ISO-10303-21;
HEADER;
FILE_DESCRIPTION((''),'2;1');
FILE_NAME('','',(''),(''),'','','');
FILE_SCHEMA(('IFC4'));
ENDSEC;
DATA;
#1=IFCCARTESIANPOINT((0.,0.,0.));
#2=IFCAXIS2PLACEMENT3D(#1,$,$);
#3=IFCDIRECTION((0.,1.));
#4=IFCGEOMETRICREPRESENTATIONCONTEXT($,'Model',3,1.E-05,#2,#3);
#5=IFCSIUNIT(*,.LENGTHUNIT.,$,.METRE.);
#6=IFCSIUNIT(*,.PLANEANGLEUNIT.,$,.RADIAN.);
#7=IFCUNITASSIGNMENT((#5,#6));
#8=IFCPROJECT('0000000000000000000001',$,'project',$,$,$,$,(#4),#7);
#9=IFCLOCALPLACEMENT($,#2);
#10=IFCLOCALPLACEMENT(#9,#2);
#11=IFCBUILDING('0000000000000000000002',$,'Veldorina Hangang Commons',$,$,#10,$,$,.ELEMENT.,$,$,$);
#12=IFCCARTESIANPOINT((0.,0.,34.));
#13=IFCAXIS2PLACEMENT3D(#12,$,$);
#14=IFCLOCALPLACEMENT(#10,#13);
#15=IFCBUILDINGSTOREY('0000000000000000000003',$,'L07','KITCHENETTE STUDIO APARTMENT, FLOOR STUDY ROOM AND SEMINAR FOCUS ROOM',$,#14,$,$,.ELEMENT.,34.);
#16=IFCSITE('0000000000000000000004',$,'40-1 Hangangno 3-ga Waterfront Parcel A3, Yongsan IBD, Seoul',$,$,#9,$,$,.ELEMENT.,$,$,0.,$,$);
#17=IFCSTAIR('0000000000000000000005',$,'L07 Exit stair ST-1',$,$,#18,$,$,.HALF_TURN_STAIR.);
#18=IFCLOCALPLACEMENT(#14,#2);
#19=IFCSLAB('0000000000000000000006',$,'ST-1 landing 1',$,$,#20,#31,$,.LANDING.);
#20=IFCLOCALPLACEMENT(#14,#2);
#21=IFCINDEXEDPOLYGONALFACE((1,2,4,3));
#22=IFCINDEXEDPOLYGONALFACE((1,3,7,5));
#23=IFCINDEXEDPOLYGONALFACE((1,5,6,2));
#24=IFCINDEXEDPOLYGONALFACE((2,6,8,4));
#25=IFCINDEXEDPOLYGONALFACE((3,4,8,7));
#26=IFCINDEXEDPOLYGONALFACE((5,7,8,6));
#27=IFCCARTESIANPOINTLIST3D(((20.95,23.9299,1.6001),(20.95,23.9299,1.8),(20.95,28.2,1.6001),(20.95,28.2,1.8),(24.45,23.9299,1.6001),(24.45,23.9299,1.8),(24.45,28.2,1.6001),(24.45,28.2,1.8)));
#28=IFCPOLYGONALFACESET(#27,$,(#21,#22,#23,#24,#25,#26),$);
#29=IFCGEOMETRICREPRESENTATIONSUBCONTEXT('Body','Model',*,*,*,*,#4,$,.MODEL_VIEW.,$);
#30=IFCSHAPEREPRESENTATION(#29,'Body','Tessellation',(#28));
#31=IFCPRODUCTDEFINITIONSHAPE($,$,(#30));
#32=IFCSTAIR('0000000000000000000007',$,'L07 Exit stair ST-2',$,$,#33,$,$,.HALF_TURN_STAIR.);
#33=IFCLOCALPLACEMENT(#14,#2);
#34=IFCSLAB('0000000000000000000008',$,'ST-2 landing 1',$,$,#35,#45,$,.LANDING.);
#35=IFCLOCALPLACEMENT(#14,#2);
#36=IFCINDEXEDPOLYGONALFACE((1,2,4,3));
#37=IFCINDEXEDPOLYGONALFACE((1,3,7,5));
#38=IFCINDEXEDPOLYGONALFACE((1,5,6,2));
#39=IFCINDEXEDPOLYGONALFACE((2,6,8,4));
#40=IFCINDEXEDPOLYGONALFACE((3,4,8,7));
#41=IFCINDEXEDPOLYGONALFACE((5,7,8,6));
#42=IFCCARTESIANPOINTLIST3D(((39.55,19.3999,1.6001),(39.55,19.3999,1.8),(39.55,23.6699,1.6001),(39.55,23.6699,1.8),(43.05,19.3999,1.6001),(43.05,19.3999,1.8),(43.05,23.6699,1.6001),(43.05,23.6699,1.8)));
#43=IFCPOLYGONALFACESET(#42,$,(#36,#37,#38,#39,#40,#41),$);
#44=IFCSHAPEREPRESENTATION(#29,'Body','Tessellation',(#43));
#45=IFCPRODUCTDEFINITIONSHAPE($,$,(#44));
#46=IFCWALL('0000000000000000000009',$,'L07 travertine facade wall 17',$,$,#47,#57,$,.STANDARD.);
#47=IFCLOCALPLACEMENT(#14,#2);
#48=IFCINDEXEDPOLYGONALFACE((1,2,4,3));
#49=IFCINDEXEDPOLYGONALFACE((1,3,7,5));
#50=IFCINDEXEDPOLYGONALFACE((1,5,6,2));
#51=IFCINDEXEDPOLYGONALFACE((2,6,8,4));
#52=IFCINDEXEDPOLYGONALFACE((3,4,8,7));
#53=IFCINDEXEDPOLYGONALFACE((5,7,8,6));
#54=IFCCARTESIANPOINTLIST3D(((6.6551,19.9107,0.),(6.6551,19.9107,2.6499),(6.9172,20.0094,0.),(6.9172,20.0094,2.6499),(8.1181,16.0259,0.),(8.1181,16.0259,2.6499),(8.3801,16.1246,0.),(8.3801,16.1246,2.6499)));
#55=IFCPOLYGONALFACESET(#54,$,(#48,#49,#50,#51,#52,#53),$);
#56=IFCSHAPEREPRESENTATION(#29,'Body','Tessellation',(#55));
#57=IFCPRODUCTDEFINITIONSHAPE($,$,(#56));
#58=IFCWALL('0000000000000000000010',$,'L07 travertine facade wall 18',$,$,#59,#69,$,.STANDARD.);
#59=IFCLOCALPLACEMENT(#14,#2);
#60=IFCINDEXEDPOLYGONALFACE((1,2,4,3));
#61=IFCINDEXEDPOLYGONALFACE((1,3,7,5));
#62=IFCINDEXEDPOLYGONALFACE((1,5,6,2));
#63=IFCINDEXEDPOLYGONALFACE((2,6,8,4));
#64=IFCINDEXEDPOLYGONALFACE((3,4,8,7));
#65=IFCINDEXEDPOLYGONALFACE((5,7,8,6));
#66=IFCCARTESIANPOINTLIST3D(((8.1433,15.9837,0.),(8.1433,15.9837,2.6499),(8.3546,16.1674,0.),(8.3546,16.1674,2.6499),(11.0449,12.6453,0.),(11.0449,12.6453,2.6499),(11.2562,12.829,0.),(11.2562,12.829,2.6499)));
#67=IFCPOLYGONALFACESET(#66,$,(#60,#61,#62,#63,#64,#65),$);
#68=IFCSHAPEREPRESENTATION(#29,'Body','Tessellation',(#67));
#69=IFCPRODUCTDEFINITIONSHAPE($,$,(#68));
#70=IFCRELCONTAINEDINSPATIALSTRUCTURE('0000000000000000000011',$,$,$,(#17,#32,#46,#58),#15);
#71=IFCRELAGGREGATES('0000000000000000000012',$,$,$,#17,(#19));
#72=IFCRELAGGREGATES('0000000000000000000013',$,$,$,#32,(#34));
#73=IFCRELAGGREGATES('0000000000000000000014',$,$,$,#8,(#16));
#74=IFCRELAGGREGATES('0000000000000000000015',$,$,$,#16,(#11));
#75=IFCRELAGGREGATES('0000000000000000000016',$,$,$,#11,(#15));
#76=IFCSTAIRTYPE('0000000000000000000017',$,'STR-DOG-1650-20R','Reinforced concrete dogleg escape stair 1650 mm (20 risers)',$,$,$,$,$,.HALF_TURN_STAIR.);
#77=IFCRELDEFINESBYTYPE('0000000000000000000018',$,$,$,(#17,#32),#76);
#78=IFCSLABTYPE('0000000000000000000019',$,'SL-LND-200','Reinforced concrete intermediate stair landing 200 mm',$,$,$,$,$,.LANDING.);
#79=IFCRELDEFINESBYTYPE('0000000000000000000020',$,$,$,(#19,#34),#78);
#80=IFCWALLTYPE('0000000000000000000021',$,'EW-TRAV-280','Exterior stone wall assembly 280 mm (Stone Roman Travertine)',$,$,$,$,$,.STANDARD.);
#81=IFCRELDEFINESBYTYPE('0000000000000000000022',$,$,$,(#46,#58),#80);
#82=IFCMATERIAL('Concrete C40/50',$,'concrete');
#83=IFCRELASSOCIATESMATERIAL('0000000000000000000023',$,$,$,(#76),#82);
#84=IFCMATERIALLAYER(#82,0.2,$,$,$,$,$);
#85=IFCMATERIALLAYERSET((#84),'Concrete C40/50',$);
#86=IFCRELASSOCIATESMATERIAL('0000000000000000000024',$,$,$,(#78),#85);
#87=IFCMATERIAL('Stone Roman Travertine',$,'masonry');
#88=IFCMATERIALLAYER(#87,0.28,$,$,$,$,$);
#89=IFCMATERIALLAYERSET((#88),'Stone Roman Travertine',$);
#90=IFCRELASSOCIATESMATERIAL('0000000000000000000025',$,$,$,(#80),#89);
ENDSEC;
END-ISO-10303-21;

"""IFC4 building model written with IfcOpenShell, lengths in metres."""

from ifc_helpers import new_model, si_unit, direction, frame, frame_2d, origin, place, context, subcontext, project, spatial, polyline, rectangle, outline, extrude, material, layer, layer_set, type_object, element, aggregate, save


model = new_model("IFC4")

# Units and contexts
model_context = context("Model", 3, precision=1e-05, world=origin(), true_north=direction((0.0, 1.0)))
body_context = subcontext(model_context, "Body", "Model", "MODEL_VIEW")
ifc_project = project(units=[si_unit("LENGTHUNIT", "METRE"), si_unit("PLANEANGLEUNIT", "RADIAN")], contexts=[model_context])

# Site, building, storey
site_placement = place(None, origin())
site = spatial("IfcSite", under=ifc_project, at=site_placement, Name="40-1 Hangangno 3-ga Waterfront Parcel A3, Yongsan IBD, Seoul", CompositionType="ELEMENT", RefElevation=0.0)
building_placement = place(site_placement, origin())
building = spatial("IfcBuilding", under=site, at=building_placement, Name="Veldorina Hangang Commons", CompositionType="ELEMENT")
storey_placement = place(building_placement, frame((0.0, 0.0, 34.0)))
storey = spatial("IfcBuildingStorey", under=building, at=storey_placement, Name="L07", Description="KITCHENETTE STUDIO APARTMENT, FLOOR STUDY ROOM AND SEMINAR FOCUS ROOM", CompositionType="ELEMENT", Elevation=34.0)

# Shared definitions
ifc_material_1 = material(Name="Concrete C40/50", Category="concrete")

# Stairs, slabs
stair_type = type_object("IfcStairType", Name="STR-DOG-1650-20R", Description="Reinforced concrete dogleg escape stair 1650 mm (20 risers)", PredefinedType="HALF_TURN_STAIR", material=ifc_material_1)
stair_1_placement = place(storey_placement, origin())
stair_1 = element("IfcStair", 1, at=stair_1_placement, inside=storey, type_object=stair_type, Name="L07 Exit stair ST-1", PredefinedType="HALF_TURN_STAIR")
ifc_layer_1 = layer(ifc_material_1, 0.2)
ifc_layer_set_1 = layer_set([ifc_layer_1], Name="Concrete C40/50")
slab_type_1 = type_object("IfcSlabType", Name="SL-LND-200", Description="Reinforced concrete intermediate stair landing 200 mm", PredefinedType="LANDING", material=ifc_layer_set_1)
slab_1_placement = place(storey_placement, frame((0.0, 0.0, 1.6001)))
slab_1 = element("IfcSlab", 2, at=slab_1_placement, type_object=slab_type_1, Name="ST-1 landing 1", PredefinedType="LANDING", context=body_context, shape_type="SweptSolid", body=[
    extrude(outline(polyline([(24.45, 23.9299), (24.45, 28.2), (20.95, 28.2), (20.95, 23.9299), (24.45, 23.9299)])), origin(), (0.0, 0.0, 1.0), 0.2),
])
aggregate(stair_1, [slab_1])
stair_2_placement = place(storey_placement, origin())
stair_2 = element("IfcStair", 3, at=stair_2_placement, inside=storey, type_object=stair_type, Name="L07 Exit stair ST-2", PredefinedType="HALF_TURN_STAIR")
slab_2_placement = place(storey_placement, frame((0.0, 0.0, 1.6001)))
slab_2 = element("IfcSlab", 4, at=slab_2_placement, type_object=slab_type_1, Name="ST-2 landing 1", PredefinedType="LANDING", context=body_context, shape_type="SweptSolid", body=[
    extrude(outline(polyline([(39.55, 23.6699), (39.55, 19.3999), (43.05, 19.3999), (43.05, 23.6699), (39.55, 23.6699)])), origin(), (0.0, 0.0, 1.0), 0.2),
])
aggregate(stair_2, [slab_2])

# Walls
ifc_material_2 = material(Name="Stone Roman Travertine", Category="masonry")
ifc_layer_2 = layer(ifc_material_2, 0.28)
ifc_layer_set_2 = layer_set([ifc_layer_2], Name="Stone Roman Travertine")
wall_type = type_object("IfcWallType", Name="EW-TRAV-280", Description="Exterior stone wall assembly 280 mm (Stone Roman Travertine)", PredefinedType="STANDARD", material=ifc_layer_set_2)
wall_1_placement = place(storey_placement, frame((6.7861, 19.9602, 0.0), z_axis=(0.0, 0.0, 1.0), x_axis=(0.352412, -0.935845, 0.0)))
element("IfcWall", 5, at=wall_1_placement, inside=storey, type_object=wall_type, Name="L07 travertine facade wall 17", PredefinedType="STANDARD", context=body_context, shape_type="SweptSolid", body=[
    extrude(rectangle(XDim=4.1511, YDim=0.28, at=frame_2d((2.0757, 0.0))), origin(), (0.0, 0.0, 1.0), 2.6499),
])
wall_2_placement = place(storey_placement, frame((8.249, 16.0754, 0.0), z_axis=(0.0, 0.0, 1.0), x_axis=(0.656008, -0.754754, 0.0)))
element("IfcWall", 6, at=wall_2_placement, inside=storey, type_object=wall_type, Name="L07 travertine facade wall 18", PredefinedType="STANDARD", context=body_context, shape_type="SweptSolid", body=[
    extrude(rectangle(XDim=4.4231, YDim=0.28, at=frame_2d((2.2114, 0.0))), origin(), (0.0, 0.0, 1.0), 2.6499),
])

save(model, "model.ifc")
